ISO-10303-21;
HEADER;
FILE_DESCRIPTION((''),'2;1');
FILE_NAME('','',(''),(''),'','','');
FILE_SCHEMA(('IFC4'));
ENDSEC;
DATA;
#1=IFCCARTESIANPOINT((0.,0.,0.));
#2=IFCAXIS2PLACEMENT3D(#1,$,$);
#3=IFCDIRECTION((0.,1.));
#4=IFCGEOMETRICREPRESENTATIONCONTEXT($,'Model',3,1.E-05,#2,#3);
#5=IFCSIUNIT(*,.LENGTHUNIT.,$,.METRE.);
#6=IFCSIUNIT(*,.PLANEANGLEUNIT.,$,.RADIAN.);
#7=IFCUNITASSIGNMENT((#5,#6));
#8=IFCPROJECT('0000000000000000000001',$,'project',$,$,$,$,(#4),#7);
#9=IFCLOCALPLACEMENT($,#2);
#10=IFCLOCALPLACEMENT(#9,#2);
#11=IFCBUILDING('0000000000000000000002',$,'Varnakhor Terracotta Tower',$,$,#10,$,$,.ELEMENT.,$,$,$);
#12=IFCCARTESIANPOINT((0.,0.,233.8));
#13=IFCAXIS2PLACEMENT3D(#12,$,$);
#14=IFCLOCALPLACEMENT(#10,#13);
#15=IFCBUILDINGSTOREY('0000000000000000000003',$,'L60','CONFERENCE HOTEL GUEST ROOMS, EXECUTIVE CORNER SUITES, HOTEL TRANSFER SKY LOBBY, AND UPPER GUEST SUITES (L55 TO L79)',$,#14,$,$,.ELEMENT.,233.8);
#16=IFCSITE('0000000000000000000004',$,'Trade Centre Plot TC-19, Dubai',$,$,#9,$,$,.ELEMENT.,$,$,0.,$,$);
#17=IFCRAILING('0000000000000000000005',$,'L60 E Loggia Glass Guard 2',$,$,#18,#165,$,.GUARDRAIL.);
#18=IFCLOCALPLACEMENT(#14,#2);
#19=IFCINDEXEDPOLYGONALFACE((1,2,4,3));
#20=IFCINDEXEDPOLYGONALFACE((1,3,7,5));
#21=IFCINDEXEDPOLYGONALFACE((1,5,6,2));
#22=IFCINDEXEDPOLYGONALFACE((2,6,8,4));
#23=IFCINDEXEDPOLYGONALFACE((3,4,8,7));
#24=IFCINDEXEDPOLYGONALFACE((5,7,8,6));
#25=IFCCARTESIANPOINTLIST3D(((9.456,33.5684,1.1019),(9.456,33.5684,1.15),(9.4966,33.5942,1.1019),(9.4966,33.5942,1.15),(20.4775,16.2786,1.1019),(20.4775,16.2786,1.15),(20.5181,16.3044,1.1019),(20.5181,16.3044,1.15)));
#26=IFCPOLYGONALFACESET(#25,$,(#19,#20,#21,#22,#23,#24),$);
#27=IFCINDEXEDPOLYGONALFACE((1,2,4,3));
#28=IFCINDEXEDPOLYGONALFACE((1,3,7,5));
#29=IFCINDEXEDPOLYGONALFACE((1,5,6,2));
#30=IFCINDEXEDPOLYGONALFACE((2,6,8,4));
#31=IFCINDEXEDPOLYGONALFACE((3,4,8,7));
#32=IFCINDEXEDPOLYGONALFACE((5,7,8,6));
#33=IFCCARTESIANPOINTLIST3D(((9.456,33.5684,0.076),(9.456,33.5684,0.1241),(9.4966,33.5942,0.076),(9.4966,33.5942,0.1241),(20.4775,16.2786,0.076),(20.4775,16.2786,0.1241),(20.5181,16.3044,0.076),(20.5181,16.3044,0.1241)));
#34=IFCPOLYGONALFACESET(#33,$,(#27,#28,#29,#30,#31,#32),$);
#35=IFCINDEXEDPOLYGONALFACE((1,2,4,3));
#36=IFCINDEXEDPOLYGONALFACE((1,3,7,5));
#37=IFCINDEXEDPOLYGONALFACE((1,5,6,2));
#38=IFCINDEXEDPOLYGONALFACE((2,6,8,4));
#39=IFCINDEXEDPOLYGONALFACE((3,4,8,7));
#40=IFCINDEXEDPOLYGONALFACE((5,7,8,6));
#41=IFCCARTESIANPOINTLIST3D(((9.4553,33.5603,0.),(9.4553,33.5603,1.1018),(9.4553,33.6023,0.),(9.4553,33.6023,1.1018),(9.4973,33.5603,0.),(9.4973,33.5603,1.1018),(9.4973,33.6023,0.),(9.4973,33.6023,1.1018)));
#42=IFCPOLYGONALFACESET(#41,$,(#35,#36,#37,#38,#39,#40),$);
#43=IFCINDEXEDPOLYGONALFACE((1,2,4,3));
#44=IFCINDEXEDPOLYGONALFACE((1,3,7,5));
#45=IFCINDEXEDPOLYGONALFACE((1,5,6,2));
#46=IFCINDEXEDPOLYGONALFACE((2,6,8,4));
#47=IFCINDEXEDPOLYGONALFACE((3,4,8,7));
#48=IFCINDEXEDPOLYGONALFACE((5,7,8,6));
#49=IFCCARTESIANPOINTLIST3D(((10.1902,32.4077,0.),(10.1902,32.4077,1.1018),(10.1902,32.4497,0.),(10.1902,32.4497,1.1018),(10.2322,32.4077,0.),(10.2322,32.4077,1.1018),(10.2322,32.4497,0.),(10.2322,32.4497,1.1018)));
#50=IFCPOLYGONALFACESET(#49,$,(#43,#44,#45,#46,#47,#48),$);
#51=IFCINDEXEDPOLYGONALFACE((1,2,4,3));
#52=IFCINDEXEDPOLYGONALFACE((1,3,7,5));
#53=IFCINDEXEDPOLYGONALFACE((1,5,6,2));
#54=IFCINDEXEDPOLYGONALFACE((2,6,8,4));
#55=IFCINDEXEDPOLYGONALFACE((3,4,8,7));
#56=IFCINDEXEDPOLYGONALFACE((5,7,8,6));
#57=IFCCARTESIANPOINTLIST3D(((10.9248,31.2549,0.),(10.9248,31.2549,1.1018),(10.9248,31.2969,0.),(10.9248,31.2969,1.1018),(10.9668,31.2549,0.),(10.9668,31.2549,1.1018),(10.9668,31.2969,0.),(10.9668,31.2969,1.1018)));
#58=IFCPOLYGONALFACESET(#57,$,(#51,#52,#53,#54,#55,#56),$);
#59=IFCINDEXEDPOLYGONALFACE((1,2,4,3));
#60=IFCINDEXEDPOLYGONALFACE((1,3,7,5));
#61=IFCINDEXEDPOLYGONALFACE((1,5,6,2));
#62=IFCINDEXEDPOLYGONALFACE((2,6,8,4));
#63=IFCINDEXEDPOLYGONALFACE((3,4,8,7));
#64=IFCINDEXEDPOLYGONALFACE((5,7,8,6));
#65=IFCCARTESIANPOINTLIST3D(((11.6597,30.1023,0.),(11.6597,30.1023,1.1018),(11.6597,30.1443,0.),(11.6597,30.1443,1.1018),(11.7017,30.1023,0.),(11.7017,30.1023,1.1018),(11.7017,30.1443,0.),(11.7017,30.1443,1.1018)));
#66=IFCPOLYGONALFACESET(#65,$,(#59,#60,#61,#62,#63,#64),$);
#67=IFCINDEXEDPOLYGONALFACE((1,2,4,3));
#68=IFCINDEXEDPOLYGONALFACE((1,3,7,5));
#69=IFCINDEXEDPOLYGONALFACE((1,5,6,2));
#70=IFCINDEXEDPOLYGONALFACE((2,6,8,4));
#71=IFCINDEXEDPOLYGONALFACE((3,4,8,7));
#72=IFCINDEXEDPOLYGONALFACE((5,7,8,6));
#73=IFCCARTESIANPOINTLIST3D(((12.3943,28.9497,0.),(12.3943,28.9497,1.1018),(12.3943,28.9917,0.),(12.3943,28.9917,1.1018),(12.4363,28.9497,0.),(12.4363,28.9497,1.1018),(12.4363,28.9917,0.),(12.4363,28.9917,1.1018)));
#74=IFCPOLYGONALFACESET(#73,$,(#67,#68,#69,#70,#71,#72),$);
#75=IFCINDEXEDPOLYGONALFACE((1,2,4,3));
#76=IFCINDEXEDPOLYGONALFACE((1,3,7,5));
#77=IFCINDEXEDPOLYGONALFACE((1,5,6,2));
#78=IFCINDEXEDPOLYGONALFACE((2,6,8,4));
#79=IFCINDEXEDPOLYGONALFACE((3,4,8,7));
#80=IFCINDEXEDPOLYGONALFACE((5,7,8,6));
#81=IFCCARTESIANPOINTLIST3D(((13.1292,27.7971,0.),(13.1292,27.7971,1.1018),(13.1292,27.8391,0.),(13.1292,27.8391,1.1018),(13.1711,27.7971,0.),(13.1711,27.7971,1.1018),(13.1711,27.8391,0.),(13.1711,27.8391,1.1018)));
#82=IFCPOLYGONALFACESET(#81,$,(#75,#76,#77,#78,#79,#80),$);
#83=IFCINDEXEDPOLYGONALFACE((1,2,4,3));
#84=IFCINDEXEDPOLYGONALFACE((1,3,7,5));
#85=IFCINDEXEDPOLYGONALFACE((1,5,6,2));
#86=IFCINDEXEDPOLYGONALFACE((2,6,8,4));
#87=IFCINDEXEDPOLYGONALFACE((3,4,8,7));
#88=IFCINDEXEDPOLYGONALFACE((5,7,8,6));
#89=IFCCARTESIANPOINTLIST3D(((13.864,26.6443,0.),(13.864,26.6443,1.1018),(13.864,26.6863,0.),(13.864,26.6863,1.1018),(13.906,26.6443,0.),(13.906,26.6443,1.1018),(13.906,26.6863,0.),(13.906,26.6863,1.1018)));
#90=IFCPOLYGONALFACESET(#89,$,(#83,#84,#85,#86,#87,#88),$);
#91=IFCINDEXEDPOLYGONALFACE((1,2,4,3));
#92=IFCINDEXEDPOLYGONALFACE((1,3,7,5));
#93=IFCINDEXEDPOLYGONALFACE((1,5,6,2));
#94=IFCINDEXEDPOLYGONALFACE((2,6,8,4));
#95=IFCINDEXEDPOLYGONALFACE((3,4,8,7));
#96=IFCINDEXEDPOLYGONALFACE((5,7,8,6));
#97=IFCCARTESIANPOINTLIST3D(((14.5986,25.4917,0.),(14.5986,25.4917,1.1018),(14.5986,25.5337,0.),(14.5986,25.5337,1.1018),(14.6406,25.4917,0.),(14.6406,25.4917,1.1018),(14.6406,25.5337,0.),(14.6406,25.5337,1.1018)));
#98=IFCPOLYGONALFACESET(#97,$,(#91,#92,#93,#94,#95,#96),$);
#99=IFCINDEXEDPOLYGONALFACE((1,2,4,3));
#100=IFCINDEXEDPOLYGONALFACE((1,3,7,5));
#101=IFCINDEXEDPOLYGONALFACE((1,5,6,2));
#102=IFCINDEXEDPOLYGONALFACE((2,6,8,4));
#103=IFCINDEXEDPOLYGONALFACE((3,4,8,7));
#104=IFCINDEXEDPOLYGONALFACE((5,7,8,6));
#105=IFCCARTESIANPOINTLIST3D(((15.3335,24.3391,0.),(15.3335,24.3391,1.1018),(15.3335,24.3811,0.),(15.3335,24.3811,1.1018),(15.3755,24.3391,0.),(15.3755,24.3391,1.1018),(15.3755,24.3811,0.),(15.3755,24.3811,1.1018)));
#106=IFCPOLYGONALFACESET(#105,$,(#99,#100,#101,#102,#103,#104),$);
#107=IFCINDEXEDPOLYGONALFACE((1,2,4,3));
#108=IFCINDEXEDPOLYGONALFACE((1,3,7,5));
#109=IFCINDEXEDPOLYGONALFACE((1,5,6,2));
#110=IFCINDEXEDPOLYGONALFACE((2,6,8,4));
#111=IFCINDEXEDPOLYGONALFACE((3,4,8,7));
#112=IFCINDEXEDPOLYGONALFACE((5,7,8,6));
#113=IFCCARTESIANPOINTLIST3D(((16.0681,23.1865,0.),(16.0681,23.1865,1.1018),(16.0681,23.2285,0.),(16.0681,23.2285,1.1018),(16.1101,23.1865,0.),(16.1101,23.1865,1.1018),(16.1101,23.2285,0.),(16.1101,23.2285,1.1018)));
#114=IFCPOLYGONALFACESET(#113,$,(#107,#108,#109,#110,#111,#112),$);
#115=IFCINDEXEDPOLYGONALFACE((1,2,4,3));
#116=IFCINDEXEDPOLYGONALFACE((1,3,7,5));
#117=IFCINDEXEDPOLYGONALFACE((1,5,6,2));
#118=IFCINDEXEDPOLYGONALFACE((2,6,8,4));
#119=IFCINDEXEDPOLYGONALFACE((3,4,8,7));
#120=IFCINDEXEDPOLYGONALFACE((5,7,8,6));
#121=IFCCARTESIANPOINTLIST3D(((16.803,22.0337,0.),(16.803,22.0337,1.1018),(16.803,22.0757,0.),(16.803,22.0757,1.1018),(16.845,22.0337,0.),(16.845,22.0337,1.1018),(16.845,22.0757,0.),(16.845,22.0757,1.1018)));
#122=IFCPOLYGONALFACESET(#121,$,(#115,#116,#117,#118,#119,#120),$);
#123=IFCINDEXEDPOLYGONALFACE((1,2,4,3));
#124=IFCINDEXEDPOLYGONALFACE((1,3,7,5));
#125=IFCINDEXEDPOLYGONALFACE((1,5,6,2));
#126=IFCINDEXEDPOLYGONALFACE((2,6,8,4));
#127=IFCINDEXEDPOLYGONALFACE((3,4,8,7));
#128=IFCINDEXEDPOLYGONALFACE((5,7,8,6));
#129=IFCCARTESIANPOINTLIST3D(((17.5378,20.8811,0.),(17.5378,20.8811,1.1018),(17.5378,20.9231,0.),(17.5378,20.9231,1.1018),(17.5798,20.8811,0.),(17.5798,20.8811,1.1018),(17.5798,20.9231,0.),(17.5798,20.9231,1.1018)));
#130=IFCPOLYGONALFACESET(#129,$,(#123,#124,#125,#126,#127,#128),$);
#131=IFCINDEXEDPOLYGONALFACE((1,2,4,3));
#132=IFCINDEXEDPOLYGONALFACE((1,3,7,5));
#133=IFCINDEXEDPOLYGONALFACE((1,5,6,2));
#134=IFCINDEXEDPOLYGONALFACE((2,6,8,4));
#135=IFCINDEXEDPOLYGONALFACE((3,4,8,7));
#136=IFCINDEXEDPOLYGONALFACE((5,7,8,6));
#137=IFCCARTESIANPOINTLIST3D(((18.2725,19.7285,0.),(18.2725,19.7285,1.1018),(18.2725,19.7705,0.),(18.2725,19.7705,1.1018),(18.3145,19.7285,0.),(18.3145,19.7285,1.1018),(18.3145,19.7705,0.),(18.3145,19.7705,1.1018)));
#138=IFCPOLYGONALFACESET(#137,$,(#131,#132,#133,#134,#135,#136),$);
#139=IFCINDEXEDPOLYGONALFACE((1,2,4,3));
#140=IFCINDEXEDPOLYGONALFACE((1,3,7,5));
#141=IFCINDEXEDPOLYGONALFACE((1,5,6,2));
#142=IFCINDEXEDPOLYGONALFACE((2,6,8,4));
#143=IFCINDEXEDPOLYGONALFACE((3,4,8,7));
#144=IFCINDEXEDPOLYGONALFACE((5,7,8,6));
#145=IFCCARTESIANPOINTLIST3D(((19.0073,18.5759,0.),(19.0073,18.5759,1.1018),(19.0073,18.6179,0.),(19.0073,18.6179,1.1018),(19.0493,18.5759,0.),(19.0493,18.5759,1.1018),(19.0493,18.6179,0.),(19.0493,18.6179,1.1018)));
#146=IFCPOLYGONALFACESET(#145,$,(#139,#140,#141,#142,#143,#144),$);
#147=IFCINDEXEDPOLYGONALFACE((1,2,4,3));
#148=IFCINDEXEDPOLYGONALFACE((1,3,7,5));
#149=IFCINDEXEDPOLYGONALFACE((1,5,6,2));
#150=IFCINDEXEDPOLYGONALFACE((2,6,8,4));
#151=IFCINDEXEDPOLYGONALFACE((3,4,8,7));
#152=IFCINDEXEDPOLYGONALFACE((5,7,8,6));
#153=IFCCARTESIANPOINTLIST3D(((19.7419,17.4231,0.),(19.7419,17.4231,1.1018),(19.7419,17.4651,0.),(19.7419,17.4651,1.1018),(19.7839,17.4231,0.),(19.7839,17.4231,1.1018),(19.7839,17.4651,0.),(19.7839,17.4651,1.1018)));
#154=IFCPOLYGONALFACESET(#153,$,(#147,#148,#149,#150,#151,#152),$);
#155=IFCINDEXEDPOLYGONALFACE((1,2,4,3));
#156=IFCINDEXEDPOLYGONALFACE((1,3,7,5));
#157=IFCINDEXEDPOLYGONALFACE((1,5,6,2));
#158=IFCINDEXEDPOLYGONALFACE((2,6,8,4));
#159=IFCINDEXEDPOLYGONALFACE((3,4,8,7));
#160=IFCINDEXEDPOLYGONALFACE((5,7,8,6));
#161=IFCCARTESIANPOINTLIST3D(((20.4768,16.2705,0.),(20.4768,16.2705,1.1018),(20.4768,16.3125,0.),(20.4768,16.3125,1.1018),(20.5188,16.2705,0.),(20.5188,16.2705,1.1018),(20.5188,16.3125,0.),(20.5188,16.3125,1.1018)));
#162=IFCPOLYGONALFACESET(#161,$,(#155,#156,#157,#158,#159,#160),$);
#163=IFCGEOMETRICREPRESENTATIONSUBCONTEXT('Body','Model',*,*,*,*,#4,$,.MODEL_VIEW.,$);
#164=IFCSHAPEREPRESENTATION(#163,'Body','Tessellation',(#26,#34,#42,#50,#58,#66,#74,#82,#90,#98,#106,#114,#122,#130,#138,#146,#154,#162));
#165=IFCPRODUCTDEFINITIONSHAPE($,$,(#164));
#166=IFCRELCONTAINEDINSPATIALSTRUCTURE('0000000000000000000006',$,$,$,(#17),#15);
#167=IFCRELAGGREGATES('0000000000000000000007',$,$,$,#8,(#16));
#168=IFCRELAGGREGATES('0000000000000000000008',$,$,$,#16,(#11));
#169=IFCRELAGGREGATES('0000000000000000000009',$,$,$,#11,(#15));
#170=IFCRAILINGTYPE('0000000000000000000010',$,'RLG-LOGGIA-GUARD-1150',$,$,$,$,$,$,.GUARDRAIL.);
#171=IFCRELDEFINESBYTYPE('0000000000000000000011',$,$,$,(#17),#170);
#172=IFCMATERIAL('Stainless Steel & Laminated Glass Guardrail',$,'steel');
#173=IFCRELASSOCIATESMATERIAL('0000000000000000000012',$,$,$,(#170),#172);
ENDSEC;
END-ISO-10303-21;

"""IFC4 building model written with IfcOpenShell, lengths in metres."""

from ifc_helpers import new_model, si_unit, direction, frame, origin, origin_2d, place, context, subcontext, project, spatial, rectangle, extrude, material, type_object, element, save


model = new_model("IFC4")

# Units and contexts
model_context = context("Model", 3, precision=1e-05, world=origin(), true_north=direction((0.0, 1.0)))
body_context = subcontext(model_context, "Body", "Model", "MODEL_VIEW")
ifc_project = project(units=[si_unit("LENGTHUNIT", "METRE"), si_unit("PLANEANGLEUNIT", "RADIAN")], contexts=[model_context])

# Site, building, storey
site_placement = place(None, origin())
site = spatial("IfcSite", under=ifc_project, at=site_placement, Name="Trade Centre Plot TC-19, Dubai", CompositionType="ELEMENT", RefElevation=0.0)
building_placement = place(site_placement, origin())
building = spatial("IfcBuilding", under=site, at=building_placement, Name="Varnakhor Terracotta Tower", CompositionType="ELEMENT")
storey_placement = place(building_placement, frame((0.0, 0.0, 233.8)))
storey = spatial("IfcBuildingStorey", under=building, at=storey_placement, Name="L60", Description="CONFERENCE HOTEL GUEST ROOMS, EXECUTIVE CORNER SUITES, HOTEL TRANSFER SKY LOBBY, AND UPPER GUEST SUITES (L55 TO L79)", CompositionType="ELEMENT", Elevation=233.8)

# Railing
ifc_material_1 = material(Name="Stainless Steel & Laminated Glass Guardrail", Category="steel")
railing_type = type_object("IfcRailingType", Name="RLG-LOGGIA-GUARD-1150", PredefinedType="GUARDRAIL", material=ifc_material_1)
railing_1_placement = place(storey_placement, frame((9.4763, 33.5813, 0.0)))
element("IfcRailing", 1, at=railing_1_placement, inside=storey, type_object=railing_type, Name="L60 E Loggia Glass Guard 2", PredefinedType="GUARDRAIL", context=body_context, shape_type="SweptSolid", body=[
    extrude(rectangle(XDim=0.0481, YDim=0.0481, at=origin_2d()), frame((0.0, 0.0, 1.126), z_axis=(0.537531, -0.843244, 0.0), x_axis=(0.843244, 0.537531, 0.0)), (0.0, 0.0, 1.0), 20.5039),
    extrude(rectangle(XDim=0.0481, YDim=0.0481, at=origin_2d()), frame((0.0, 0.0, 0.1001), z_axis=(0.537531, -0.843244, 0.0), x_axis=(0.843244, 0.537531, 0.0)), (0.0, 0.0, 1.0), 20.5039),
    extrude(rectangle(XDim=0.042, YDim=0.042, at=origin_2d()), origin(), (0.0, 0.0, 1.0), 1.1018),
    extrude(rectangle(XDim=0.042, YDim=0.042, at=origin_2d()), frame((0.7349, -1.1526, 0.0)), (0.0, 0.0, 1.0), 1.1018),
    extrude(rectangle(XDim=0.042, YDim=0.042, at=origin_2d()), frame((1.4695, -2.3054, 0.0)), (0.0, 0.0, 1.0), 1.1018),
    extrude(rectangle(XDim=0.042, YDim=0.042, at=origin_2d()), frame((2.2043, -3.458, 0.0)), (0.0, 0.0, 1.0), 1.1018),
    extrude(rectangle(XDim=0.042, YDim=0.042, at=origin_2d()), frame((2.939, -4.6106, 0.0)), (0.0, 0.0, 1.0), 1.1018),
    extrude(rectangle(XDim=0.042, YDim=0.042, at=origin_2d()), frame((3.6738, -5.7632, 0.0)), (0.0, 0.0, 1.0), 1.1018),
    extrude(rectangle(XDim=0.042, YDim=0.042, at=origin_2d()), frame((4.4087, -6.916, 0.0)), (0.0, 0.0, 1.0), 1.1018),
    extrude(rectangle(XDim=0.042, YDim=0.042, at=origin_2d()), frame((5.1433, -8.0686, 0.0)), (0.0, 0.0, 1.0), 1.1018),
    extrude(rectangle(XDim=0.042, YDim=0.042, at=origin_2d()), frame((5.8782, -9.2212, 0.0)), (0.0, 0.0, 1.0), 1.1018),
    extrude(rectangle(XDim=0.042, YDim=0.042, at=origin_2d()), frame((6.6128, -10.3738, 0.0)), (0.0, 0.0, 1.0), 1.1018),
    extrude(rectangle(XDim=0.042, YDim=0.042, at=origin_2d()), frame((7.3477, -11.5266, 0.0)), (0.0, 0.0, 1.0), 1.1018),
    extrude(rectangle(XDim=0.042, YDim=0.042, at=origin_2d()), frame((8.0825, -12.6792, 0.0)), (0.0, 0.0, 1.0), 1.1018),
    extrude(rectangle(XDim=0.042, YDim=0.042, at=origin_2d()), frame((8.8171, -13.8318, 0.0)), (0.0, 0.0, 1.0), 1.1018),
    extrude(rectangle(XDim=0.042, YDim=0.042, at=origin_2d()), frame((9.552, -14.9844, 0.0)), (0.0, 0.0, 1.0), 1.1018),
    extrude(rectangle(XDim=0.042, YDim=0.042, at=origin_2d()), frame((10.2866, -16.1372, 0.0)), (0.0, 0.0, 1.0), 1.1018),
    extrude(rectangle(XDim=0.042, YDim=0.042, at=origin_2d()), frame((11.0215, -17.2898, 0.0)), (0.0, 0.0, 1.0), 1.1018),
])

save(model, "model.ifc")
